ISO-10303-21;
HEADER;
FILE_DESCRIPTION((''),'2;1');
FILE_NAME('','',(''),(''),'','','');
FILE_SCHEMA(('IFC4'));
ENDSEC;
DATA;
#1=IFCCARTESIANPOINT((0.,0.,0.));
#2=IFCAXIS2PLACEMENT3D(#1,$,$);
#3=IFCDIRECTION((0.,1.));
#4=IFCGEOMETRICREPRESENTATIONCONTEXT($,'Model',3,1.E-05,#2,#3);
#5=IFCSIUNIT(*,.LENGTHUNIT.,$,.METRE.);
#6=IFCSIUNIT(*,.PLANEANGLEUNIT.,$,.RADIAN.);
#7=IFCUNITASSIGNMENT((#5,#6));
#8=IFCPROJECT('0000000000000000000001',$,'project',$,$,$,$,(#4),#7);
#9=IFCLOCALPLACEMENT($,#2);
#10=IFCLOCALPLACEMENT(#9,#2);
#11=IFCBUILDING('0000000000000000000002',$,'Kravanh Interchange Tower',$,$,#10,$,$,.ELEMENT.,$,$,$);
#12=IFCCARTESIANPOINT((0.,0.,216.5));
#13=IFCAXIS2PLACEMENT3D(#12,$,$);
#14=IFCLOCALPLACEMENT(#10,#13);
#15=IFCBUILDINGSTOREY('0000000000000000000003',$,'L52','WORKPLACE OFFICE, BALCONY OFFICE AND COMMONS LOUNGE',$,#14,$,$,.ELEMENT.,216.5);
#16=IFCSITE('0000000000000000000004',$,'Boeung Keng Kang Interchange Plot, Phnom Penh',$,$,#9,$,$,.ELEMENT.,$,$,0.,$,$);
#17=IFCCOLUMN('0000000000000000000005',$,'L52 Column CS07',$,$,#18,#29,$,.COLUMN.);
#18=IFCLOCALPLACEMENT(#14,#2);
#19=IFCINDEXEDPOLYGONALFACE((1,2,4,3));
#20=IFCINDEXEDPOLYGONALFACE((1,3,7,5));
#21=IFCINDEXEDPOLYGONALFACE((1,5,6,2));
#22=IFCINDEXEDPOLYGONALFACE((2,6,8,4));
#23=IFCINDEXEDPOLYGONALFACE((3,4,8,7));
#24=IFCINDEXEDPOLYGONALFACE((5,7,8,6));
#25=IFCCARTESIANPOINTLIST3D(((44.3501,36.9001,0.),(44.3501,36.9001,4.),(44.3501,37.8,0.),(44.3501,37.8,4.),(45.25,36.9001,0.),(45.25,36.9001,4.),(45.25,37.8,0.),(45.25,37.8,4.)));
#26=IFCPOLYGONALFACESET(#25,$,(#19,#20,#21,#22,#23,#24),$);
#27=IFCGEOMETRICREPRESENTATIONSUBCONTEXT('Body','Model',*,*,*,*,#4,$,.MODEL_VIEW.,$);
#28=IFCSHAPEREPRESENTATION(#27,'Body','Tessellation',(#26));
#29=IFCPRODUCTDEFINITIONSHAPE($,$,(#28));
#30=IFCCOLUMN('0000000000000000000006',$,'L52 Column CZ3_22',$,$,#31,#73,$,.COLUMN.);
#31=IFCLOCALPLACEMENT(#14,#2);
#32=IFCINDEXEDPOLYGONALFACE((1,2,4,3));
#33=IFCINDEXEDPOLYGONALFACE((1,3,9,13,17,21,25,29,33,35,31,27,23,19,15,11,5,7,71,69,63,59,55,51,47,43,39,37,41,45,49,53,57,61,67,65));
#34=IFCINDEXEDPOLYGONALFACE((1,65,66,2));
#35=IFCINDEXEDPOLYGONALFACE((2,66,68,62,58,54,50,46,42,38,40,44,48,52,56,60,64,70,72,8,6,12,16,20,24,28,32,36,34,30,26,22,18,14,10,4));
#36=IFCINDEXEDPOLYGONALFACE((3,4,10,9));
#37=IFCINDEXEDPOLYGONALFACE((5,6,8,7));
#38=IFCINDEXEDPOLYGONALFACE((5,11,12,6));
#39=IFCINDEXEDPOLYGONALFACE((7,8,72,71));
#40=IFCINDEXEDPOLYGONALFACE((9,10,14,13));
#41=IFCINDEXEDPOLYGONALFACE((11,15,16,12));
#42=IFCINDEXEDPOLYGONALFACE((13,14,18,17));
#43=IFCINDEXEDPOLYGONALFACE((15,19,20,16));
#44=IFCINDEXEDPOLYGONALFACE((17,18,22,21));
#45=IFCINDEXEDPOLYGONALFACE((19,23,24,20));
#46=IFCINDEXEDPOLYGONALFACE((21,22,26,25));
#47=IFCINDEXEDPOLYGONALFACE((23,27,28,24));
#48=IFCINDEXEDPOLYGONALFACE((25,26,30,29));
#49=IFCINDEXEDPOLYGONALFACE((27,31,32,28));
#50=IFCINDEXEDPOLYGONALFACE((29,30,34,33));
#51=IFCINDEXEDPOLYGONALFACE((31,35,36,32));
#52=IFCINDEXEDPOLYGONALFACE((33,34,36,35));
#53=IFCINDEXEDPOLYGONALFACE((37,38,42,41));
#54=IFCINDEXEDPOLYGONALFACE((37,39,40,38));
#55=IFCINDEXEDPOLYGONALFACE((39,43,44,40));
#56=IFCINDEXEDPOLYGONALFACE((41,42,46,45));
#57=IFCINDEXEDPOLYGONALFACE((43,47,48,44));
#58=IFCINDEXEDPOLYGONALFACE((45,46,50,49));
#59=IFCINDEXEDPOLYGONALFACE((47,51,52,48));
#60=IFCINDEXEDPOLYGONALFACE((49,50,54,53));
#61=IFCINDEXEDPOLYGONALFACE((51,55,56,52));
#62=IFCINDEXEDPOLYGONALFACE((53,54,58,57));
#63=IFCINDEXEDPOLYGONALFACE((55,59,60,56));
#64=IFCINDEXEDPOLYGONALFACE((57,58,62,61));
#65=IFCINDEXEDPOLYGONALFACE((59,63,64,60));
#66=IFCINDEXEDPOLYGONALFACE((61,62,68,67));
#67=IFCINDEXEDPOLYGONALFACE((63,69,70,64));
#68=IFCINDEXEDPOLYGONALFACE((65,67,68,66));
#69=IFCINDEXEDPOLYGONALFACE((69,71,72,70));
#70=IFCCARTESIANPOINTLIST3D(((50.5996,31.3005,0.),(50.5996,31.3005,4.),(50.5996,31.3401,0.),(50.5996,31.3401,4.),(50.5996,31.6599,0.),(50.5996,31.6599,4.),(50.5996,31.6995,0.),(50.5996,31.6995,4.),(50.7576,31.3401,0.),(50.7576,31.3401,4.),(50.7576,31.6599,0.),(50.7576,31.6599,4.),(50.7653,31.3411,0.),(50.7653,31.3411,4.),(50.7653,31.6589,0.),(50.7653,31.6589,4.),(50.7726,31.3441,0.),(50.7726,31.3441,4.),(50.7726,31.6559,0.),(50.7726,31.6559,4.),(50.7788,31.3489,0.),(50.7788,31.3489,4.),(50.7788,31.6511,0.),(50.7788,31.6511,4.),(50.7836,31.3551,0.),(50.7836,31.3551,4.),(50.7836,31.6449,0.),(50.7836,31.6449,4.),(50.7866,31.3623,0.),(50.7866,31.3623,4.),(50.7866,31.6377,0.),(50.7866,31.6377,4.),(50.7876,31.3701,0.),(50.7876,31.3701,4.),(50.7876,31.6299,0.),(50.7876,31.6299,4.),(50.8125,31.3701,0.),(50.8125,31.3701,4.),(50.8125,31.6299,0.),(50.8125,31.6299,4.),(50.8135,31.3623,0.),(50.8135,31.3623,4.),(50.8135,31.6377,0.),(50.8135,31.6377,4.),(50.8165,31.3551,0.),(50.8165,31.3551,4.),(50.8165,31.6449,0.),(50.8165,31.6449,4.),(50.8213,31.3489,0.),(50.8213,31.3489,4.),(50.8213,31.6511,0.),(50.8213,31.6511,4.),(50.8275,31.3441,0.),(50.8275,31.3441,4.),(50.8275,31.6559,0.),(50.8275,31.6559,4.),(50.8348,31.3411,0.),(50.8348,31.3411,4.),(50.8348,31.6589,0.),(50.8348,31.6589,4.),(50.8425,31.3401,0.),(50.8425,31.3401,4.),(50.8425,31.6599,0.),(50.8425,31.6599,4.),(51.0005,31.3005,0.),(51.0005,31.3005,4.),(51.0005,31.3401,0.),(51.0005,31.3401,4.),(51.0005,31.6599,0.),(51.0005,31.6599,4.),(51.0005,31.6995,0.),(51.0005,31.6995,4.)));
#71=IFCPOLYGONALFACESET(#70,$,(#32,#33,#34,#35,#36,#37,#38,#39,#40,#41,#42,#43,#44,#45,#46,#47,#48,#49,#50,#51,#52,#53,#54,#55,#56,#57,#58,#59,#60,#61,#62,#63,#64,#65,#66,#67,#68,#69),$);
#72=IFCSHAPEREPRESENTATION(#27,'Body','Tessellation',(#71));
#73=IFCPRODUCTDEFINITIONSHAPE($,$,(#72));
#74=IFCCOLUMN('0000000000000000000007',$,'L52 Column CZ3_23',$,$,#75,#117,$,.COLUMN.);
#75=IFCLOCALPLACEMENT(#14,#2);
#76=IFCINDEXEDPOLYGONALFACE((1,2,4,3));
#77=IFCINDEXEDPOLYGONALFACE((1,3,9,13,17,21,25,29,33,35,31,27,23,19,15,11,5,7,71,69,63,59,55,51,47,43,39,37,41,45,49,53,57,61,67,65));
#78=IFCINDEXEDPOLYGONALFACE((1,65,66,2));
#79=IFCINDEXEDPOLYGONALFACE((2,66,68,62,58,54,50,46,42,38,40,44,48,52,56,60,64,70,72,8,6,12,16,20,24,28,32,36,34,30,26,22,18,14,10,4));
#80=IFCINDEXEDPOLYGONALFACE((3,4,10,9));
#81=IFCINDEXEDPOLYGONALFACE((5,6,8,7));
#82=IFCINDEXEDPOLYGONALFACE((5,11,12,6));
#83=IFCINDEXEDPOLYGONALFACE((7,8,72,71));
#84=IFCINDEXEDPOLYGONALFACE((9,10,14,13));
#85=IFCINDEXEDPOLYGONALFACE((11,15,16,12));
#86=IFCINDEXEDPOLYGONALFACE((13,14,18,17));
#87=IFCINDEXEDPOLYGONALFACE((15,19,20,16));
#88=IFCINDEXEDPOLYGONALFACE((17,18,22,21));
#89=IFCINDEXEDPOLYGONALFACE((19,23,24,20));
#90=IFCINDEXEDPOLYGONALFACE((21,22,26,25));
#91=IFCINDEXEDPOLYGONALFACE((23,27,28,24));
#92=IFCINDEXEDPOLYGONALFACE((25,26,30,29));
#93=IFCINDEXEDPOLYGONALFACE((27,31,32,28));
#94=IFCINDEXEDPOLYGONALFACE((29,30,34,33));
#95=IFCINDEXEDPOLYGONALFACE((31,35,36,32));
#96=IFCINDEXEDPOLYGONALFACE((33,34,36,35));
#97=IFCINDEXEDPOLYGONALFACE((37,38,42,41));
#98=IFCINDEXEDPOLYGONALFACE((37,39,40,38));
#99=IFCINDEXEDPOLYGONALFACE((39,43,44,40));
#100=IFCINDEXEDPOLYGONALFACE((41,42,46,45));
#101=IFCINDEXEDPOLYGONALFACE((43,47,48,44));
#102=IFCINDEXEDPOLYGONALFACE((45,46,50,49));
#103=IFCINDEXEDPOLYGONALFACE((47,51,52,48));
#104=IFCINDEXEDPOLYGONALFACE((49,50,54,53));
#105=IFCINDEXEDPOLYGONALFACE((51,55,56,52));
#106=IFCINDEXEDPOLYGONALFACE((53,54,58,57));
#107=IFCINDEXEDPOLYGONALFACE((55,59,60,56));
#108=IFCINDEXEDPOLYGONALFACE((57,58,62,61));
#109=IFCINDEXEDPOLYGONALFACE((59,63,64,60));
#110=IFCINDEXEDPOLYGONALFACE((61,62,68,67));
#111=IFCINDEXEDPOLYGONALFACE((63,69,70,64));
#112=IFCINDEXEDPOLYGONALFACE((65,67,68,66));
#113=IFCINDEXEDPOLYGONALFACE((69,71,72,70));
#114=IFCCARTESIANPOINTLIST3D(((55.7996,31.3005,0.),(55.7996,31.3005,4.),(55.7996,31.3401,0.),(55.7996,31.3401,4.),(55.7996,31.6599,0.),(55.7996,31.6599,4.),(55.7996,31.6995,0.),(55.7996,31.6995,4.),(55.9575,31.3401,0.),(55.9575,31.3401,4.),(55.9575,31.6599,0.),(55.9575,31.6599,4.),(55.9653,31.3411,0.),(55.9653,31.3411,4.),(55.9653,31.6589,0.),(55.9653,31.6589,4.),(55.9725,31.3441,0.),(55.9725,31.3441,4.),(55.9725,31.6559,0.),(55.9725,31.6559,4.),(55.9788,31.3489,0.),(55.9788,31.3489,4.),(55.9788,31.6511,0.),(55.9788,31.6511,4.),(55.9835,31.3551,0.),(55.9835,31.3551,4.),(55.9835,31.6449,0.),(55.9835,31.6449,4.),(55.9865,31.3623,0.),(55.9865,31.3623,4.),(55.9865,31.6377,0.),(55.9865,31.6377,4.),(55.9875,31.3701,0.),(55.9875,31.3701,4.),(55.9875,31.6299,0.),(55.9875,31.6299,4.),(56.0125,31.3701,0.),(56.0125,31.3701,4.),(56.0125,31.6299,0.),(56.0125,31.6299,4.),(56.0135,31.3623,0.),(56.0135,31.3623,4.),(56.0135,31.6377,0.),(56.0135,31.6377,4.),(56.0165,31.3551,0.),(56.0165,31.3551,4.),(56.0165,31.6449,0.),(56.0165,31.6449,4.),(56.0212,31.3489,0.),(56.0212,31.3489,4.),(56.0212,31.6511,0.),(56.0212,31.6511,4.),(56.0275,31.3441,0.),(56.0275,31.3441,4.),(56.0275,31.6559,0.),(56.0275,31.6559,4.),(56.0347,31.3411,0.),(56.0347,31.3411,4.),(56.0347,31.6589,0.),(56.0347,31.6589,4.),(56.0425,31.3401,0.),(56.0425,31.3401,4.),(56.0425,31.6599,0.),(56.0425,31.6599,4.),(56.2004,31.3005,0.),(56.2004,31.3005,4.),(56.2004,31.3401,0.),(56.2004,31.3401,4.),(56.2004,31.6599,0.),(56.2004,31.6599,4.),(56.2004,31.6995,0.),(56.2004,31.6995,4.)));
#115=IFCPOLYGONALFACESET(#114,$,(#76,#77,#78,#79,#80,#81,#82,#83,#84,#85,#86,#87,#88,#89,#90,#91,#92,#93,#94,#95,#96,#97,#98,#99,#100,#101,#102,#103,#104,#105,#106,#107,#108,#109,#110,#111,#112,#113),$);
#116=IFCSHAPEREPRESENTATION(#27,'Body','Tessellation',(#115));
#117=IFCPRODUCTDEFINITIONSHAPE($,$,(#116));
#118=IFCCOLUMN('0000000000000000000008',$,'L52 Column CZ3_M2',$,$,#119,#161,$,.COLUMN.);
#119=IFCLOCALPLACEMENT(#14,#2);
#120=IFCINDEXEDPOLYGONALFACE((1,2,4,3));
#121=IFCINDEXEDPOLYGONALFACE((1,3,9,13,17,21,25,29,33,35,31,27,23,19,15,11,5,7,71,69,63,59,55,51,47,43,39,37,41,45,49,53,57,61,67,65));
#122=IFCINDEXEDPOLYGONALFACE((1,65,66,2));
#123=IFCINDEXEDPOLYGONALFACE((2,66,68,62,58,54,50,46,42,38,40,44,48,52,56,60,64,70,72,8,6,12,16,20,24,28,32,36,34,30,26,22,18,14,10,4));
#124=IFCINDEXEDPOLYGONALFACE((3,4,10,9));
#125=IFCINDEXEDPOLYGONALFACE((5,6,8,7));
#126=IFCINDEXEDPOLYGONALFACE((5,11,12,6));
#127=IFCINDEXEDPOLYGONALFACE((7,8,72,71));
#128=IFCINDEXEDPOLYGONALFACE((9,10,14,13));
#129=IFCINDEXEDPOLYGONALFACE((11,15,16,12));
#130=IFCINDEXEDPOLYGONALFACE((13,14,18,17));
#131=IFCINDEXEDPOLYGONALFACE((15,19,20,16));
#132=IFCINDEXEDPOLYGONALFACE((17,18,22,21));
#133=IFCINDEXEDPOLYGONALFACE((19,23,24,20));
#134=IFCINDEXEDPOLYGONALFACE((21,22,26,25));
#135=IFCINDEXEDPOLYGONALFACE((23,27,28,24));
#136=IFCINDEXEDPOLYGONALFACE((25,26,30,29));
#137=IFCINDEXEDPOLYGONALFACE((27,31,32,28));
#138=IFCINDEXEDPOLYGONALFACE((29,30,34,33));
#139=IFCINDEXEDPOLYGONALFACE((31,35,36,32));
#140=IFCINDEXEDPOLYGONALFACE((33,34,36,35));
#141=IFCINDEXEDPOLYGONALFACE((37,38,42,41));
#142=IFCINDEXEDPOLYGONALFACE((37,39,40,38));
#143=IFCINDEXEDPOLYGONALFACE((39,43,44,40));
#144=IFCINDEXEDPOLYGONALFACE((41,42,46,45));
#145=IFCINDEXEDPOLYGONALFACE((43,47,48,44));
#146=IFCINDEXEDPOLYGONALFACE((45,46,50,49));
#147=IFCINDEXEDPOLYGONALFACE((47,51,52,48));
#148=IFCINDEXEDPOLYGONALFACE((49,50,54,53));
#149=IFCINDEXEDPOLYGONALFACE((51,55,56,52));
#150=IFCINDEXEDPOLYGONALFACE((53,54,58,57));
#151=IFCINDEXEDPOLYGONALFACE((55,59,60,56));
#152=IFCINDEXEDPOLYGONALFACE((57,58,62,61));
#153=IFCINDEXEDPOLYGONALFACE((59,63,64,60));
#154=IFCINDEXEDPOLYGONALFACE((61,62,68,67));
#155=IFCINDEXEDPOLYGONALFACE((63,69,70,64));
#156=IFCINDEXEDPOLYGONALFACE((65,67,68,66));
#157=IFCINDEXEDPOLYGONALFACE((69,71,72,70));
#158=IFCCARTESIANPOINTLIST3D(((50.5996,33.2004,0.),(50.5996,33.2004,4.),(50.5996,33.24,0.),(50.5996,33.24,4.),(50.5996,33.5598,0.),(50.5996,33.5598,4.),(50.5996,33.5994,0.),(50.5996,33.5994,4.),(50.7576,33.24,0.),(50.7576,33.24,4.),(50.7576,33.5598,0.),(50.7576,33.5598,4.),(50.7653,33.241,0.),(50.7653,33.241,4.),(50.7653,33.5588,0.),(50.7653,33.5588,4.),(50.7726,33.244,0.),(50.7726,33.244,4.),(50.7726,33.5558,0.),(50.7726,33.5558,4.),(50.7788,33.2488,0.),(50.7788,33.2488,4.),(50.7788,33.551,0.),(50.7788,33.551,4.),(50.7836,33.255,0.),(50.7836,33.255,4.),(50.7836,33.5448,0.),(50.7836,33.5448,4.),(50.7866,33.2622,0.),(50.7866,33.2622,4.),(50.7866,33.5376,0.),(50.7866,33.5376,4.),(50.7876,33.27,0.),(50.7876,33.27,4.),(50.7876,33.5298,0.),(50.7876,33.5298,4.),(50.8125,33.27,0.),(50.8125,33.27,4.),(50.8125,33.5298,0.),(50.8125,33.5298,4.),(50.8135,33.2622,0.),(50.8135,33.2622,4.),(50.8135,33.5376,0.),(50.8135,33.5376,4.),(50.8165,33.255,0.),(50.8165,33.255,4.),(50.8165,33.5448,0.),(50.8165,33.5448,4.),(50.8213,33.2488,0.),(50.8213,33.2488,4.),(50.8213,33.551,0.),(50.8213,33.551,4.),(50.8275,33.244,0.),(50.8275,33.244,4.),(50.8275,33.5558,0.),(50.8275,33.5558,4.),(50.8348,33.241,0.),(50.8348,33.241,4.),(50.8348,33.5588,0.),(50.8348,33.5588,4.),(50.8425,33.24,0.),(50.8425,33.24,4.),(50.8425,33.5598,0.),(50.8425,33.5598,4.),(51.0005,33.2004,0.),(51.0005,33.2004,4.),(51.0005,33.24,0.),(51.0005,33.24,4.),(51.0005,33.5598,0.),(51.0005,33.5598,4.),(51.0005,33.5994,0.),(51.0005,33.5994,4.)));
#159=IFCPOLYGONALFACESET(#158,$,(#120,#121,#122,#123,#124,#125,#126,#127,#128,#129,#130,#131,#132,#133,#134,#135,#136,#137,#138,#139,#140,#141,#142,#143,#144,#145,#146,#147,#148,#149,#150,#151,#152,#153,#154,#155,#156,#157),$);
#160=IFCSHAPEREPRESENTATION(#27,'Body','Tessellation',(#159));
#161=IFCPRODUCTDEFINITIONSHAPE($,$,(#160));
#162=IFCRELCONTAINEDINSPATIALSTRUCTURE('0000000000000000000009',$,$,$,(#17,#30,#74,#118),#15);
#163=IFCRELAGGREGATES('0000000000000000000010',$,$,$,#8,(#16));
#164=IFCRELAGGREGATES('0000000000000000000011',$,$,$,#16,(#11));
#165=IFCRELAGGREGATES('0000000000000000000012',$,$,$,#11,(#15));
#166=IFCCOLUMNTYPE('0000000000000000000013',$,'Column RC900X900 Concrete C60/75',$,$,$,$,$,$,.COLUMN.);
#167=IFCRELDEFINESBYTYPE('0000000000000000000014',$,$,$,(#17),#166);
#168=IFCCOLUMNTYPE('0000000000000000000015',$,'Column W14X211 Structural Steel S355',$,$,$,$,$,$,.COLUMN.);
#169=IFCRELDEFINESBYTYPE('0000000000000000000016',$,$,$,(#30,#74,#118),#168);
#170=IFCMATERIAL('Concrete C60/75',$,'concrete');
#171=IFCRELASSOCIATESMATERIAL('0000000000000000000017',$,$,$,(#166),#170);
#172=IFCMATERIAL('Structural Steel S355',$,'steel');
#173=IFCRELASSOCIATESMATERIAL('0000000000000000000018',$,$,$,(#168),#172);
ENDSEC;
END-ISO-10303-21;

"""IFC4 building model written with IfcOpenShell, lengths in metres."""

from ifc_helpers import new_model, si_unit, direction, frame, origin, origin_2d, place, context, subcontext, project, spatial, rectangle, i_section, extrude, material, material_profile, profile_set, type_object, element, save


model = new_model("IFC4")

# Units and contexts
model_context = context("Model", 3, precision=1e-05, world=origin(), true_north=direction((0.0, 1.0)))
body_context = subcontext(model_context, "Body", "Model", "MODEL_VIEW")
ifc_project = project(units=[si_unit("LENGTHUNIT", "METRE"), si_unit("PLANEANGLEUNIT", "RADIAN")], contexts=[model_context])

# Site, building, storey
site_placement = place(None, origin())
site = spatial("IfcSite", under=ifc_project, at=site_placement, Name="Boeung Keng Kang Interchange Plot, Phnom Penh", CompositionType="ELEMENT", RefElevation=0.0)
building_placement = place(site_placement, origin())
building = spatial("IfcBuilding", under=site, at=building_placement, Name="Kravanh Interchange Tower", CompositionType="ELEMENT")
storey_placement = place(building_placement, frame((0.0, 0.0, 216.5)))
storey = spatial("IfcBuildingStorey", under=building, at=storey_placement, Name="L52", Description="WORKPLACE OFFICE, BALCONY OFFICE AND COMMONS LOUNGE", CompositionType="ELEMENT", Elevation=216.5)

# Columns
ifc_material_1 = material(Name="Concrete C60/75", Category="concrete")
ifc_material_profile_1 = material_profile(ifc_material_1, rectangle(XDim=0.8999, YDim=0.8999, at=origin_2d()), Name="RC900X900")
ifc_profile_set_1 = profile_set([ifc_material_profile_1], Name="Concrete C60/75")
column_type_1 = type_object("IfcColumnType", Name="Column RC900X900 Concrete C60/75", PredefinedType="COLUMN", material=ifc_profile_set_1)
column_placement = place(storey_placement, frame((44.8, 37.3501, 0.0), z_axis=(0.0, 0.0, 1.0), x_axis=(1.0, 0.0, 0.0)))
element("IfcColumn", 1, at=column_placement, inside=storey, type_object=column_type_1, Name="L52 Column CS07", PredefinedType="COLUMN", context=body_context, shape_type="SweptSolid", body=[
    extrude(rectangle(XDim=0.8999, YDim=0.8999, at=origin_2d()), origin(), (0.0, 0.0, 1.0), 4.0),
])
ifc_material_2 = material(Name="Structural Steel S355", Category="steel")
ifc_material_profile_2 = material_profile(ifc_material_2, i_section(OverallWidth=0.4009, OverallDepth=0.3989, WebThickness=0.0249, FlangeThickness=0.0396, FilletRadius=0.03, at=origin_2d()), Name="W14X211")
ifc_profile_set_2 = profile_set([ifc_material_profile_2], Name="Structural Steel S355")
column_type_2 = type_object("IfcColumnType", Name="Column W14X211 Structural Steel S355", PredefinedType="COLUMN", material=ifc_profile_set_2)
for number, where, z_axis, x_axis, name in (
    (2, (50.8, 31.5, 0.0), (0.0, 0.0, 1.0), (1.0, 0.0, 0.0), "L52 Column CZ3_22"),
    (3, (56.0, 31.5, 0.0), (0.0, 0.0, 1.0), (1.0, 0.0, 0.0), "L52 Column CZ3_23"),
    (4, (50.8, 33.3999, 0.0), (0.0, 0.0, 1.0), (1.0, 0.0, 0.0), "L52 Column CZ3_M2"),
):
    element("IfcColumn", number, at=place(storey_placement, frame(where, z_axis=z_axis, x_axis=x_axis)), inside=storey, type_object=column_type_2, Name=name, PredefinedType="COLUMN", context=body_context, shape_type="SweptSolid", body=[
        extrude(i_section(OverallWidth=0.4009, OverallDepth=0.3989, WebThickness=0.0249, FlangeThickness=0.0396, FilletRadius=0.03, at=origin_2d()), origin(), (0.0, 0.0, 1.0), 4.0),
    ])

save(model, "model.ifc")
